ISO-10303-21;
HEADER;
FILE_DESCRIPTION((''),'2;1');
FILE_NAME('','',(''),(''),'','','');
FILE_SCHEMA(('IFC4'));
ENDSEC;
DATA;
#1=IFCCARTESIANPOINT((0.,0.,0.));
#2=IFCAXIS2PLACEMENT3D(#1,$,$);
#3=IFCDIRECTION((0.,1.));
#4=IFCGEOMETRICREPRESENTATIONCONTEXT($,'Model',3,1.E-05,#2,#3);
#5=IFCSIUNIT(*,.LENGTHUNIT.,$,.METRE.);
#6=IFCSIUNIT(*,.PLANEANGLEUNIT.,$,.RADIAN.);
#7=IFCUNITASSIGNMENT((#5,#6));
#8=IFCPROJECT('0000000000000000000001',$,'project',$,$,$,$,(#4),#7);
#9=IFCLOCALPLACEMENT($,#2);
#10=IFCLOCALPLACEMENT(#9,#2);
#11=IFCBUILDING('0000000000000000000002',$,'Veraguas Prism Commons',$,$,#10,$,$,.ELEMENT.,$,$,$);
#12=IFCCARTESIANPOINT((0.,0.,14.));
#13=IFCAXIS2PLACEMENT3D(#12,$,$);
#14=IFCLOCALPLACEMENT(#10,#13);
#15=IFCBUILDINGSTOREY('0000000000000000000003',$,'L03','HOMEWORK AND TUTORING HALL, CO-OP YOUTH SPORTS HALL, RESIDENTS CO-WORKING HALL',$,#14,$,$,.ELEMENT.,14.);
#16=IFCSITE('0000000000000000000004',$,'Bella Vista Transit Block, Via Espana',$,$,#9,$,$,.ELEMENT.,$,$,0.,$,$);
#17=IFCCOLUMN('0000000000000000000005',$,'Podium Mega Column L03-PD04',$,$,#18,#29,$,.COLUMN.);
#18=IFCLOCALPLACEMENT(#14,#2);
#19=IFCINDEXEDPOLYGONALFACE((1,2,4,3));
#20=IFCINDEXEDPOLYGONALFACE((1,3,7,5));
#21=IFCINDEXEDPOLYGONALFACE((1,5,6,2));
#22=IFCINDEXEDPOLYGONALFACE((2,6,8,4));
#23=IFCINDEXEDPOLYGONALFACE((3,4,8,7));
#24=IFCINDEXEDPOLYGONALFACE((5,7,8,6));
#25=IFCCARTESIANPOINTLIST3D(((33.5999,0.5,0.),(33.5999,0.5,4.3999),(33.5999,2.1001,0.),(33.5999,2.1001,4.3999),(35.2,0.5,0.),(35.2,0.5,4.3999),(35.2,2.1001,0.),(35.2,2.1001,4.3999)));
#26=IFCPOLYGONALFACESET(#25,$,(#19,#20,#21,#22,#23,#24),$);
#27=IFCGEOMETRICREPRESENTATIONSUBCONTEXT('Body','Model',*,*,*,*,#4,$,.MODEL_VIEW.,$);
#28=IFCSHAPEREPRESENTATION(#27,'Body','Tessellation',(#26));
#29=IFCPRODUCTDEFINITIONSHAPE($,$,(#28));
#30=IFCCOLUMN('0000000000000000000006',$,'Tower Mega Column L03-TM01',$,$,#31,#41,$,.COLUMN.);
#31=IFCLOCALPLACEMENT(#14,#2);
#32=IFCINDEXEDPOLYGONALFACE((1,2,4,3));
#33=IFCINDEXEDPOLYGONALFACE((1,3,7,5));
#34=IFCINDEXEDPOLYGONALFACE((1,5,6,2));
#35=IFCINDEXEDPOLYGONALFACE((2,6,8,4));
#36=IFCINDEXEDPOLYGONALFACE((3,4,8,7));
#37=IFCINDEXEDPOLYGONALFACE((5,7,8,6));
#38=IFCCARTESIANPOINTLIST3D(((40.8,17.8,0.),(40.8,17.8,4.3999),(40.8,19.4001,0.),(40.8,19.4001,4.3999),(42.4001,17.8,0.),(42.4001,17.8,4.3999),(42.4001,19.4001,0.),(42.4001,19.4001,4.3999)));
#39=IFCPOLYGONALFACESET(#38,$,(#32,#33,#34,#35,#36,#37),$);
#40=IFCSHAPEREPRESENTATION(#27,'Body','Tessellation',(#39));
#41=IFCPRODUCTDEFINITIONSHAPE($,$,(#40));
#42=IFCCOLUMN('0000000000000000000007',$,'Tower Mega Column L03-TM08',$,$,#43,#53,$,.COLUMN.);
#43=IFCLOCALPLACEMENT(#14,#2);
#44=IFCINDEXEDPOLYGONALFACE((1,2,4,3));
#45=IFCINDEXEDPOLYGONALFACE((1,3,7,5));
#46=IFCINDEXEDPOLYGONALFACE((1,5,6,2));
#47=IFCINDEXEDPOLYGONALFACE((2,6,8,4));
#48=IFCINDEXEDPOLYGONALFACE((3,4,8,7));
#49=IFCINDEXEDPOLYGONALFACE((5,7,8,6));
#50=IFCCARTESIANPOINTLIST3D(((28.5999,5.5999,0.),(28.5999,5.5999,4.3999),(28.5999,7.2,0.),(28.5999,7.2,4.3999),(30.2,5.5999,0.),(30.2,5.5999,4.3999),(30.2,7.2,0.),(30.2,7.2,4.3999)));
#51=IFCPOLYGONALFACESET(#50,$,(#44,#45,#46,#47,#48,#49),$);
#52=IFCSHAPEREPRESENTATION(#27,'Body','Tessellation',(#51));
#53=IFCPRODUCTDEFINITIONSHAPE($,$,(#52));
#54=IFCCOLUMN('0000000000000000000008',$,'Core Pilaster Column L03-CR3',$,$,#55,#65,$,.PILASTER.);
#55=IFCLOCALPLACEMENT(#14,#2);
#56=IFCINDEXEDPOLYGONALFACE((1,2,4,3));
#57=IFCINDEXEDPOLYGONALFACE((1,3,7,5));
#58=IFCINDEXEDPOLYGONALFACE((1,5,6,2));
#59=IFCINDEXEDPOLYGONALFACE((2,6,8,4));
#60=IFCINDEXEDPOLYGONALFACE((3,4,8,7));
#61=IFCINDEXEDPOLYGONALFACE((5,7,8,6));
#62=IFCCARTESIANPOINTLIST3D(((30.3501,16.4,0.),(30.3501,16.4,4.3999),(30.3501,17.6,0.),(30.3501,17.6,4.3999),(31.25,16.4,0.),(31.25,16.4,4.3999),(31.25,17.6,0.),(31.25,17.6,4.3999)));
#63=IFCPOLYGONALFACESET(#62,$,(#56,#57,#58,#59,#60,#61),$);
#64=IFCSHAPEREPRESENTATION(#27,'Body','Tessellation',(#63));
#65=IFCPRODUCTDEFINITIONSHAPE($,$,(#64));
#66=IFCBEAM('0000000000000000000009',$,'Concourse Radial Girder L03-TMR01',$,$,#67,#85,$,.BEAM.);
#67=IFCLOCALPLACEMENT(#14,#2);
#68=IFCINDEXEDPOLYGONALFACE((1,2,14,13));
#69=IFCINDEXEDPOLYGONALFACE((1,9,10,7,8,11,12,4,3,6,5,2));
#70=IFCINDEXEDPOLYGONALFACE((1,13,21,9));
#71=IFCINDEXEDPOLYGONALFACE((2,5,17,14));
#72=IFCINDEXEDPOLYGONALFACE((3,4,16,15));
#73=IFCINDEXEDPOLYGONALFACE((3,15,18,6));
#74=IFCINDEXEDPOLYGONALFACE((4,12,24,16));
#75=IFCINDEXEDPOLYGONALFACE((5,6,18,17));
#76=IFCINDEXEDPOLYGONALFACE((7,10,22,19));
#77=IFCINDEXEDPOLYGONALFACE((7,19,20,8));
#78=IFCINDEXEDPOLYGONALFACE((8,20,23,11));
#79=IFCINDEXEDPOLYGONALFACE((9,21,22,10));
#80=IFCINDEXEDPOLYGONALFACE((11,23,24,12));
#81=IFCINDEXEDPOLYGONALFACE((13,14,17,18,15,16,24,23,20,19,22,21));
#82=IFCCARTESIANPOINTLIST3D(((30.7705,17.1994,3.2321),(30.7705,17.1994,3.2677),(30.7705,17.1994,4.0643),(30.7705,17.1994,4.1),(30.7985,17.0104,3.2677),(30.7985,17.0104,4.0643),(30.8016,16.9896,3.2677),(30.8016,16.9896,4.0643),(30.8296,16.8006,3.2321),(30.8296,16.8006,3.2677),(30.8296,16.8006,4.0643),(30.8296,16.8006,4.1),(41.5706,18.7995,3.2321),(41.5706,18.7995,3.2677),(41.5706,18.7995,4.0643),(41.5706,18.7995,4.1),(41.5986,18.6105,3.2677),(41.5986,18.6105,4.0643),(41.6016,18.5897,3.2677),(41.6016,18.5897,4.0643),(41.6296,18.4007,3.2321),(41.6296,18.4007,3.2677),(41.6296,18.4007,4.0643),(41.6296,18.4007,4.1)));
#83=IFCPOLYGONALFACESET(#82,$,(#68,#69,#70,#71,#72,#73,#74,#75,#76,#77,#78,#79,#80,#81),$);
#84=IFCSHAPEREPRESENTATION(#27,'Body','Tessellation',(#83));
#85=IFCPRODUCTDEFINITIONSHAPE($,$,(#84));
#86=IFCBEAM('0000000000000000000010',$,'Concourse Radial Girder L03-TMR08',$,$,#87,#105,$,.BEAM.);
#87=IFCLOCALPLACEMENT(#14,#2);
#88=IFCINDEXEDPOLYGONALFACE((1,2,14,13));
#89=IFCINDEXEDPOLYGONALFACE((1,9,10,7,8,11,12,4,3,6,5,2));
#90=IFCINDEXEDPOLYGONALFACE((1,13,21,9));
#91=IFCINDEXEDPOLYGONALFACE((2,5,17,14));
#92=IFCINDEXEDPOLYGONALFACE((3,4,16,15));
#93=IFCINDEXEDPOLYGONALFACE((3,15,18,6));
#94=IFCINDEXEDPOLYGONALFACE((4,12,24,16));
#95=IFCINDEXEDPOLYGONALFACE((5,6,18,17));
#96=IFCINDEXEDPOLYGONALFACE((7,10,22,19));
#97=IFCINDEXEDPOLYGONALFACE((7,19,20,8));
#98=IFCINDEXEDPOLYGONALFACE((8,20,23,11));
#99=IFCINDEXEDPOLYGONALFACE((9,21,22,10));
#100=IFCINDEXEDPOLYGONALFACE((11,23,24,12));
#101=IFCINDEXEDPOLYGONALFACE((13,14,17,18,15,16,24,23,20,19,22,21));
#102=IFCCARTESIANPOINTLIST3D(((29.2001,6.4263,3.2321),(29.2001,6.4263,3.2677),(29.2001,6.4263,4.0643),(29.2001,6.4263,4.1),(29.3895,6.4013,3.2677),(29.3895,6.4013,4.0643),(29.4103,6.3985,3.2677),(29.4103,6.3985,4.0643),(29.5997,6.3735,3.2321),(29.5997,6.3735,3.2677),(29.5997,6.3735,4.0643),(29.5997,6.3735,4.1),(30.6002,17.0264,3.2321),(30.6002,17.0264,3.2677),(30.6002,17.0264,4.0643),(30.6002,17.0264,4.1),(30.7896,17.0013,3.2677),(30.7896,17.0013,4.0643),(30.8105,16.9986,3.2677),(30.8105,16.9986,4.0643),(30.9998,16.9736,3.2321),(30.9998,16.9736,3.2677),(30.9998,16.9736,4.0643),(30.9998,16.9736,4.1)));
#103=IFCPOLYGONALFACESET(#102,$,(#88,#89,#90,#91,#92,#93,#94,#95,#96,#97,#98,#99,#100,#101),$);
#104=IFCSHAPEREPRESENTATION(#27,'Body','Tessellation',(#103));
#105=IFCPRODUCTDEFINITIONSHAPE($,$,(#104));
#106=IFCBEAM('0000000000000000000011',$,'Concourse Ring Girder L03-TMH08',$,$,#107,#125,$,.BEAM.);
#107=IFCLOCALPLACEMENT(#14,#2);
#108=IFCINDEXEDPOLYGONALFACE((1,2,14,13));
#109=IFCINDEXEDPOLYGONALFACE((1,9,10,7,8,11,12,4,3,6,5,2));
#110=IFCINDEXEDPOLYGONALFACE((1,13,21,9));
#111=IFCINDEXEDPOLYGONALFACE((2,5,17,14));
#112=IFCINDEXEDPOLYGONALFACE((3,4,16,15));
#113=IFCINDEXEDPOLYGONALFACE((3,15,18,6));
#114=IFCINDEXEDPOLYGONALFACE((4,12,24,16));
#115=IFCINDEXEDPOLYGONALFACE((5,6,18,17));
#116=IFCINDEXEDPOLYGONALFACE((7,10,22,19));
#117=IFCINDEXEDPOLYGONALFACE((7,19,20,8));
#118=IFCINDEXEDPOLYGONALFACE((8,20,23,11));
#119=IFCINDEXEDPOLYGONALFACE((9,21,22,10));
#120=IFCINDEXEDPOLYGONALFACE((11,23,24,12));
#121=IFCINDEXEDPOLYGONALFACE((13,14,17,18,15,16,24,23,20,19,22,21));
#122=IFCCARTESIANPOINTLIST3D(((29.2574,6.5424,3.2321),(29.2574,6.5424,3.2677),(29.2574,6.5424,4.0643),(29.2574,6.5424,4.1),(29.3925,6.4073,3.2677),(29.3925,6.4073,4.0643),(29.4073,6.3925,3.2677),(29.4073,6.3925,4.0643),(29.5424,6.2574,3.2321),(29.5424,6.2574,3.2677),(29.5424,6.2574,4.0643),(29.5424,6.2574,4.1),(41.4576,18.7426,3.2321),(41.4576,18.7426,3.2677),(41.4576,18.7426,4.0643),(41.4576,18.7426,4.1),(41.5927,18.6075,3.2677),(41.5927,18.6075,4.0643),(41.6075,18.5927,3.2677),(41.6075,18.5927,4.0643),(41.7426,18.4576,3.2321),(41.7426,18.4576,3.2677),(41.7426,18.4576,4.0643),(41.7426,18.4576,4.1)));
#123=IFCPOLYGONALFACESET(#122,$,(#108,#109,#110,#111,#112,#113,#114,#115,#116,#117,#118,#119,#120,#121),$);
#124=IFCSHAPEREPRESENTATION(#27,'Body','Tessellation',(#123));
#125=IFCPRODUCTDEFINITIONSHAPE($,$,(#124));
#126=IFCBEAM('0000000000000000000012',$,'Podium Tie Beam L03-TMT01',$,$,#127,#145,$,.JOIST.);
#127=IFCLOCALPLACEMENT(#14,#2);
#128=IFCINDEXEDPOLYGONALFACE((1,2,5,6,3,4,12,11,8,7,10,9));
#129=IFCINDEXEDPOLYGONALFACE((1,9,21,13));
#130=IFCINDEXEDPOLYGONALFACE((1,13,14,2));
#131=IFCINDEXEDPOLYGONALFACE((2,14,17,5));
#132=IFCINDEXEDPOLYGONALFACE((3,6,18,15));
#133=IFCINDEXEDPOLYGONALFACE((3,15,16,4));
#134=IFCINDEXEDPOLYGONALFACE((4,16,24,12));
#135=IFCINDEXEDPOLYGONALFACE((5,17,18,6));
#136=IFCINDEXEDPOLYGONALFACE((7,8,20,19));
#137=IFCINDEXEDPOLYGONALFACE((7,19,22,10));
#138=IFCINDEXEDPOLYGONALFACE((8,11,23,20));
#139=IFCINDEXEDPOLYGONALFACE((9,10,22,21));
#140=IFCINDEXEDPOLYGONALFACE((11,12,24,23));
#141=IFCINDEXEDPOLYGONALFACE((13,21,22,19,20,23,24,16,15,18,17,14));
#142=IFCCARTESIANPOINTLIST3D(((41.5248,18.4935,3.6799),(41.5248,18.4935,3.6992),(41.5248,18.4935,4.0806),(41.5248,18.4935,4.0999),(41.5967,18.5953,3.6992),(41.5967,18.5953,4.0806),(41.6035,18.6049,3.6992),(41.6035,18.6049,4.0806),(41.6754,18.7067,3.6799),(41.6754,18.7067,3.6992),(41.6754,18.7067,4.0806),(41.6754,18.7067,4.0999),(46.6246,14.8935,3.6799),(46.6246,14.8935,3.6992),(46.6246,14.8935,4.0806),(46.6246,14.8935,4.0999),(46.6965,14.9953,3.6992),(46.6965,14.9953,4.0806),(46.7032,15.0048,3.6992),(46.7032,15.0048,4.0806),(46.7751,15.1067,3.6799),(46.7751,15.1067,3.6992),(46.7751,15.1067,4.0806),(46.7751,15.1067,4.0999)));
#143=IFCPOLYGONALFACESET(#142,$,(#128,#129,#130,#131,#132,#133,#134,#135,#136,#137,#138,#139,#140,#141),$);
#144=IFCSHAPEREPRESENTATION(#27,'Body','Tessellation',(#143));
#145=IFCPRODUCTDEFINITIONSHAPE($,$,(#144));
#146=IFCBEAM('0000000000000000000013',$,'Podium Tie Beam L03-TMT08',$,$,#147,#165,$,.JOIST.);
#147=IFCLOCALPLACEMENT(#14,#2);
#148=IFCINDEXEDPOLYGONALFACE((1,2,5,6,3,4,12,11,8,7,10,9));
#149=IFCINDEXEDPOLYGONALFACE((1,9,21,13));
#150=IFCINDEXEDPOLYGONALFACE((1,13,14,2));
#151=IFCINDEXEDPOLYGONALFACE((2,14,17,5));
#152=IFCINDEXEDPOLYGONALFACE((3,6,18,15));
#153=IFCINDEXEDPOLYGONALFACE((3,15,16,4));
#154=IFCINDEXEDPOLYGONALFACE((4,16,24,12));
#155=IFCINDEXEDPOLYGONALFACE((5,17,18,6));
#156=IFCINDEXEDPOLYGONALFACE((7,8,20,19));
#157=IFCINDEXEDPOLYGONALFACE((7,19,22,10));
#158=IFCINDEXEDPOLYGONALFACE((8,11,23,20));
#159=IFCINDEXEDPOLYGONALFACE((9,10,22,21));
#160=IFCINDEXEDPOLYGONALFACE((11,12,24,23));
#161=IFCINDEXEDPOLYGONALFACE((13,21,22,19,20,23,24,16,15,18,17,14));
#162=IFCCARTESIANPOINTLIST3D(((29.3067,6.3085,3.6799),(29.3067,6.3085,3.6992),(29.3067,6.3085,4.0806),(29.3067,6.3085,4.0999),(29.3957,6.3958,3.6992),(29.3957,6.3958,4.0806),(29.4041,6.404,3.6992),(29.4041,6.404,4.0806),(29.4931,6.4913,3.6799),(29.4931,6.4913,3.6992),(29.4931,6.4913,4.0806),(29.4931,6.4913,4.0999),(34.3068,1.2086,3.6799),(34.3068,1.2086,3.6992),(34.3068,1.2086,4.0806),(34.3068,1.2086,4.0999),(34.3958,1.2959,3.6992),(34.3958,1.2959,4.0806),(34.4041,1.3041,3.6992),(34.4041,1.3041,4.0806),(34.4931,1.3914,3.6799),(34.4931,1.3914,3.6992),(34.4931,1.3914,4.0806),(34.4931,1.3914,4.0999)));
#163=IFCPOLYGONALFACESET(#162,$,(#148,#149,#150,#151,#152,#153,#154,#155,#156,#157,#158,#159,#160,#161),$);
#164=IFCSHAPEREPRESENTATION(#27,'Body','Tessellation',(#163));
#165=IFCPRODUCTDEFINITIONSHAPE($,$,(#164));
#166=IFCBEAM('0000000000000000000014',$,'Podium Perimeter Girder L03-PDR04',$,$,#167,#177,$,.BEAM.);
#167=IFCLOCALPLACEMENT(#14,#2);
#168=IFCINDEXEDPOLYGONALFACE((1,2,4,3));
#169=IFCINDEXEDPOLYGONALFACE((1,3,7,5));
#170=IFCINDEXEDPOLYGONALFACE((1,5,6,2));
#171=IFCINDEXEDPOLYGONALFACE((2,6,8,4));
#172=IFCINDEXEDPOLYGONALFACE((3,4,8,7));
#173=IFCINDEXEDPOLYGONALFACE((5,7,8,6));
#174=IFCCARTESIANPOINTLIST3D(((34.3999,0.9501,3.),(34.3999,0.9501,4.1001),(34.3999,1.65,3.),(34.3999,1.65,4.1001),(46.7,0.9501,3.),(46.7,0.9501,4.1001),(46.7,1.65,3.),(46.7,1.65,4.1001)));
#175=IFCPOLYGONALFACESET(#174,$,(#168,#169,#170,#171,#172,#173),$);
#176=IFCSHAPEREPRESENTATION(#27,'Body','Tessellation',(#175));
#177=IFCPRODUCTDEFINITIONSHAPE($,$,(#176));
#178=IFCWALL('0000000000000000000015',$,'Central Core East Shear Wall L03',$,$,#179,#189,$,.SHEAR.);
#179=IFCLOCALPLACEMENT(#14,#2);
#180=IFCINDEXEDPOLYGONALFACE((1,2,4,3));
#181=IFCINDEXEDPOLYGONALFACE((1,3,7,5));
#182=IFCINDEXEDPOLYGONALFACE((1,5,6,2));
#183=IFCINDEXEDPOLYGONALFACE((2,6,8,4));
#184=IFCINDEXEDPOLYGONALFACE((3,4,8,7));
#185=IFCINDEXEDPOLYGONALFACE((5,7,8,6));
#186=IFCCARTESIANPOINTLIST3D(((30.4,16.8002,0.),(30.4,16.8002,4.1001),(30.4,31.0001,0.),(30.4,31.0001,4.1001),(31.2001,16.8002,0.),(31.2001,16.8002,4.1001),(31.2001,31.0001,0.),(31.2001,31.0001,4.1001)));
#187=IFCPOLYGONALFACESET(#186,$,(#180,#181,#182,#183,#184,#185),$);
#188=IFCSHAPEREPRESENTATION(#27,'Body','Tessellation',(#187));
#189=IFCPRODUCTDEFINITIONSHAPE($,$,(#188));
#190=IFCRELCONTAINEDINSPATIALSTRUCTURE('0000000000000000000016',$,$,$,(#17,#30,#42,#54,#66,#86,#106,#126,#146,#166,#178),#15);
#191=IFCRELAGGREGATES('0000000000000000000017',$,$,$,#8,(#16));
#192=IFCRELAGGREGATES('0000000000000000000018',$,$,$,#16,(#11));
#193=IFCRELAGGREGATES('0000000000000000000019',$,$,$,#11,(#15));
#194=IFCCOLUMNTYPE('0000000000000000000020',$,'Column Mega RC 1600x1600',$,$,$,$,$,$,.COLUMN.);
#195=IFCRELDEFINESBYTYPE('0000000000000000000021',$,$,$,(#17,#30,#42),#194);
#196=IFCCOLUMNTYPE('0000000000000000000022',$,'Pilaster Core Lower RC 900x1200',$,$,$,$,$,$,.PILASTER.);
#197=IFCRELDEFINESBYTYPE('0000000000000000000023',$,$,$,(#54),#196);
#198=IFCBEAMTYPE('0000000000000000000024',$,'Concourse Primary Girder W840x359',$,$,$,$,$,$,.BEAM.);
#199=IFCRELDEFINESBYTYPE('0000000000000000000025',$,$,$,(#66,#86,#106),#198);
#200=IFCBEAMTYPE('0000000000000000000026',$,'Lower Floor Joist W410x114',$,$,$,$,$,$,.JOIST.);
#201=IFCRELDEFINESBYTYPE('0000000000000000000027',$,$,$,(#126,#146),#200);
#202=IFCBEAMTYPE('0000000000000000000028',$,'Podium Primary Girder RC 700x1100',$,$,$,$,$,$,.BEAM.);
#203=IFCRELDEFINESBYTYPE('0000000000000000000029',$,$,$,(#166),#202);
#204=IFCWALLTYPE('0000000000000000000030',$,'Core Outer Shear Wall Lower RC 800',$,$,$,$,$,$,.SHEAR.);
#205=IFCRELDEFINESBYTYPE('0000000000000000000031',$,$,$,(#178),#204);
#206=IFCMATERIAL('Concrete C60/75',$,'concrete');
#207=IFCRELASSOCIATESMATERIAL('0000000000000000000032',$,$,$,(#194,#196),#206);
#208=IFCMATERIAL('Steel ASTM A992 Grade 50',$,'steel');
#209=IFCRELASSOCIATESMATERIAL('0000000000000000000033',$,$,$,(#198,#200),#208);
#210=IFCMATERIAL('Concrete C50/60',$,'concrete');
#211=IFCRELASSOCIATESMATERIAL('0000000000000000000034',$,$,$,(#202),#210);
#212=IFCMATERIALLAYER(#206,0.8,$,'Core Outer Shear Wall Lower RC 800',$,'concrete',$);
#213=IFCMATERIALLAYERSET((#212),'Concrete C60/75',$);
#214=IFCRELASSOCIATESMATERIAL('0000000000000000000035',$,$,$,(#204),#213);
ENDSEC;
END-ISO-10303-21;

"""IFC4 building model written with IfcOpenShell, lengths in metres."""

from ifc_helpers import new_model, si_unit, direction, frame, frame_2d, origin, origin_2d, place, context, subcontext, project, spatial, rectangle, i_section, extrude, material, layer, layer_set, material_profile, profile_set, type_object, element, save


model = new_model("IFC4")

# Units and contexts
model_context = context("Model", 3, precision=1e-05, world=origin(), true_north=direction((0.0, 1.0)))
body_context = subcontext(model_context, "Body", "Model", "MODEL_VIEW")
ifc_project = project(units=[si_unit("LENGTHUNIT", "METRE"), si_unit("PLANEANGLEUNIT", "RADIAN")], contexts=[model_context])

# Site, building, storey
site_placement = place(None, origin())
site = spatial("IfcSite", under=ifc_project, at=site_placement, Name="Bella Vista Transit Block, Via Espana", CompositionType="ELEMENT", RefElevation=0.0)
building_placement = place(site_placement, origin())
building = spatial("IfcBuilding", under=site, at=building_placement, Name="Veraguas Prism Commons", CompositionType="ELEMENT")
storey_placement = place(building_placement, frame((0.0, 0.0, 14.0)))
storey = spatial("IfcBuildingStorey", under=building, at=storey_placement, Name="L03", Description="HOMEWORK AND TUTORING HALL, CO-OP YOUTH SPORTS HALL, RESIDENTS CO-WORKING HALL", CompositionType="ELEMENT", Elevation=14.0)

# Columns
ifc_material_1 = material(Name="Concrete C60/75", Category="concrete")
ifc_material_profile_1 = material_profile(ifc_material_1, rectangle(XDim=1.6001, YDim=1.6001, at=origin_2d()), Name="RC1600X1600")
ifc_profile_set_1 = profile_set([ifc_material_profile_1], Name="Concrete C60/75")
column_type_1 = type_object("IfcColumnType", Name="Column Mega RC 1600x1600", PredefinedType="COLUMN", material=ifc_profile_set_1)
for number, where, z_axis, x_axis, name in (
    (1, (34.3999, 1.3, 0.0), (0.0, 0.0, 1.0), (1.0, 0.0, 0.0), "Podium Mega Column L03-PD04"),
    (2, (41.6001, 18.6001, 0.0), (0.0, 0.0, 1.0), (1.0, 0.0, 0.0), "Tower Mega Column L03-TM01"),
    (3, (29.3999, 6.3999, 0.0), (0.0, 0.0, 1.0), (1.0, 0.0, 0.0), "Tower Mega Column L03-TM08"),
):
    element("IfcColumn", number, at=place(storey_placement, frame(where, z_axis=z_axis, x_axis=x_axis)), inside=storey, type_object=column_type_1, Name=name, PredefinedType="COLUMN", context=body_context, shape_type="SweptSolid", body=[
        extrude(rectangle(XDim=1.6001, YDim=1.6001, at=origin_2d()), origin(), (0.0, 0.0, 1.0), 4.3999),
    ])
ifc_material_profile_2 = material_profile(ifc_material_1, rectangle(XDim=0.8999, YDim=1.2, at=origin_2d()), Name="RC900X1200")
ifc_profile_set_2 = profile_set([ifc_material_profile_2], Name="Concrete C60/75")
column_type_2 = type_object("IfcColumnType", Name="Pilaster Core Lower RC 900x1200", PredefinedType="PILASTER", material=ifc_profile_set_2)
column_placement = place(storey_placement, frame((30.8, 17.0, 0.0), z_axis=(0.0, 0.0, 1.0), x_axis=(1.0, 0.0, 0.0)))
element("IfcColumn", 4, at=column_placement, inside=storey, type_object=column_type_2, Name="Core Pilaster Column L03-CR3", PredefinedType="PILASTER", context=body_context, shape_type="SweptSolid", body=[
    extrude(rectangle(XDim=0.8999, YDim=1.2, at=origin_2d()), origin(), (0.0, 0.0, 1.0), 4.3999),
])

# Beams
ifc_material_2 = material(Name="Steel ASTM A992 Grade 50", Category="steel")
ifc_material_profile_3 = material_profile(ifc_material_2, i_section(OverallWidth=0.4031, OverallDepth=0.8679, WebThickness=0.021, FlangeThickness=0.0356, at=origin_2d()), Name="W840X359")
ifc_profile_set_3 = profile_set([ifc_material_profile_3], Name="Steel ASTM A992 Grade 50")
beam_type_1 = type_object("IfcBeamType", Name="Concourse Primary Girder W840x359", PredefinedType="BEAM", material=ifc_profile_set_3)
beam_1_placement = place(storey_placement, frame((41.6001, 18.6001, 3.666), z_axis=(-0.989202, -0.146557, 0.0), x_axis=(0.146557, -0.989202, 0.0)))
element("IfcBeam", 5, at=beam_1_placement, inside=storey, type_object=beam_type_1, Name="Concourse Radial Girder L03-TMR01", PredefinedType="BEAM", context=body_context, shape_type="SweptSolid", body=[
    extrude(i_section(OverallWidth=0.4031, OverallDepth=0.8679, WebThickness=0.021, FlangeThickness=0.0356, at=origin_2d()), origin(), (0.0, 0.0, 1.0), 10.918),
])
beam_2_placement = place(storey_placement, frame((29.3999, 6.3999, 3.666), z_axis=(0.130951, 0.991389, 0.0), x_axis=(-0.991389, 0.130951, 0.0)))
element("IfcBeam", 6, at=beam_2_placement, inside=storey, type_object=beam_type_1, Name="Concourse Radial Girder L03-TMR08", PredefinedType="BEAM", context=body_context, shape_type="SweptSolid", body=[
    extrude(i_section(OverallWidth=0.4031, OverallDepth=0.8679, WebThickness=0.021, FlangeThickness=0.0356, at=origin_2d()), origin(), (0.0, 0.0, 1.0), 10.6921),
])
beam_3_placement = place(storey_placement, frame((29.3999, 6.3999, 3.666), z_axis=(0.707107, 0.707107, 0.0), x_axis=(-0.707107, 0.707107, 0.0)))
element("IfcBeam", 7, at=beam_3_placement, inside=storey, type_object=beam_type_1, Name="Concourse Ring Girder L03-TMH08", PredefinedType="BEAM", context=body_context, shape_type="SweptSolid", body=[
    extrude(i_section(OverallWidth=0.4031, OverallDepth=0.8679, WebThickness=0.021, FlangeThickness=0.0356, at=origin_2d()), origin(), (0.0, 0.0, 1.0), 17.2537),
])
ifc_material_profile_4 = material_profile(ifc_material_2, i_section(OverallWidth=0.261, OverallDepth=0.4199, WebThickness=0.0117, FlangeThickness=0.0193, at=origin_2d()), Name="W410X114")
ifc_profile_set_4 = profile_set([ifc_material_profile_4], Name="Steel ASTM A992 Grade 50")
beam_type_2 = type_object("IfcBeamType", Name="Lower Floor Joist W410x114", PredefinedType="JOIST", material=ifc_profile_set_4)
beam_4_placement = place(storey_placement, frame((41.6001, 18.6001, 3.8899), z_axis=(0.816953, -0.576705, 0.0), x_axis=(0.576705, 0.816953, 0.0)))
element("IfcBeam", 8, at=beam_4_placement, inside=storey, type_object=beam_type_2, Name="Podium Tie Beam L03-TMT01", PredefinedType="JOIST", context=body_context, shape_type="SweptSolid", body=[
    extrude(i_section(OverallWidth=0.261, OverallDepth=0.4199, WebThickness=0.0117, FlangeThickness=0.0193, at=origin_2d()), origin(), (0.0, 0.0, 1.0), 6.2424),
])
beam_5_placement = place(storey_placement, frame((29.3999, 6.3999, 3.8899), z_axis=(0.700082, -0.714063, 0.0), x_axis=(0.714063, 0.700082, 0.0)))
element("IfcBeam", 9, at=beam_5_placement, inside=storey, type_object=beam_type_2, Name="Podium Tie Beam L03-TMT08", PredefinedType="JOIST", context=body_context, shape_type="SweptSolid", body=[
    extrude(i_section(OverallWidth=0.261, OverallDepth=0.4199, WebThickness=0.0117, FlangeThickness=0.0193, at=origin_2d()), origin(), (0.0, 0.0, 1.0), 7.1421),
])
ifc_material_3 = material(Name="Concrete C50/60", Category="concrete")
ifc_material_profile_5 = material_profile(ifc_material_3, rectangle(XDim=0.7, YDim=1.1001, at=origin_2d()), Name="RC700X1100")
ifc_profile_set_5 = profile_set([ifc_material_profile_5], Name="Concrete C50/60")
beam_type_3 = type_object("IfcBeamType", Name="Podium Primary Girder RC 700x1100", PredefinedType="BEAM", material=ifc_profile_set_5)
beam_6_placement = place(storey_placement, frame((34.3999, 1.3, 3.55), z_axis=(1.0, 0.0, 0.0), x_axis=(0.0, 1.0, 0.0)))
element("IfcBeam", 10, at=beam_6_placement, inside=storey, type_object=beam_type_3, Name="Podium Perimeter Girder L03-PDR04", PredefinedType="BEAM", context=body_context, shape_type="SweptSolid", body=[
    extrude(rectangle(XDim=0.7, YDim=1.1001, at=origin_2d()), origin(), (0.0, 0.0, 1.0), 12.3),
])

# Wall
ifc_layer_1 = layer(ifc_material_1, 0.8, Name="Core Outer Shear Wall Lower RC 800", Category="concrete")
ifc_layer_set_1 = layer_set([ifc_layer_1], Name="Concrete C60/75")
wall_type_1 = type_object("IfcWallType", Name="Core Outer Shear Wall Lower RC 800", PredefinedType="SHEAR", material=ifc_layer_set_1)
wall_1_placement = place(storey_placement, frame((30.8, 16.8, 0.0), z_axis=(0.0, 0.0, 1.0), x_axis=(0.0, 1.0, 0.0)))
element("IfcWall", 11, at=wall_1_placement, inside=storey, type_object=wall_type_1, Name="Central Core East Shear Wall L03", PredefinedType="SHEAR", context=body_context, shape_type="SweptSolid", body=[
    extrude(rectangle(XDim=14.2, YDim=0.8, at=frame_2d((7.1001, 0.0))), origin(), (0.0, 0.0, 1.0), 4.1001),
])

save(model, "model.ifc")
